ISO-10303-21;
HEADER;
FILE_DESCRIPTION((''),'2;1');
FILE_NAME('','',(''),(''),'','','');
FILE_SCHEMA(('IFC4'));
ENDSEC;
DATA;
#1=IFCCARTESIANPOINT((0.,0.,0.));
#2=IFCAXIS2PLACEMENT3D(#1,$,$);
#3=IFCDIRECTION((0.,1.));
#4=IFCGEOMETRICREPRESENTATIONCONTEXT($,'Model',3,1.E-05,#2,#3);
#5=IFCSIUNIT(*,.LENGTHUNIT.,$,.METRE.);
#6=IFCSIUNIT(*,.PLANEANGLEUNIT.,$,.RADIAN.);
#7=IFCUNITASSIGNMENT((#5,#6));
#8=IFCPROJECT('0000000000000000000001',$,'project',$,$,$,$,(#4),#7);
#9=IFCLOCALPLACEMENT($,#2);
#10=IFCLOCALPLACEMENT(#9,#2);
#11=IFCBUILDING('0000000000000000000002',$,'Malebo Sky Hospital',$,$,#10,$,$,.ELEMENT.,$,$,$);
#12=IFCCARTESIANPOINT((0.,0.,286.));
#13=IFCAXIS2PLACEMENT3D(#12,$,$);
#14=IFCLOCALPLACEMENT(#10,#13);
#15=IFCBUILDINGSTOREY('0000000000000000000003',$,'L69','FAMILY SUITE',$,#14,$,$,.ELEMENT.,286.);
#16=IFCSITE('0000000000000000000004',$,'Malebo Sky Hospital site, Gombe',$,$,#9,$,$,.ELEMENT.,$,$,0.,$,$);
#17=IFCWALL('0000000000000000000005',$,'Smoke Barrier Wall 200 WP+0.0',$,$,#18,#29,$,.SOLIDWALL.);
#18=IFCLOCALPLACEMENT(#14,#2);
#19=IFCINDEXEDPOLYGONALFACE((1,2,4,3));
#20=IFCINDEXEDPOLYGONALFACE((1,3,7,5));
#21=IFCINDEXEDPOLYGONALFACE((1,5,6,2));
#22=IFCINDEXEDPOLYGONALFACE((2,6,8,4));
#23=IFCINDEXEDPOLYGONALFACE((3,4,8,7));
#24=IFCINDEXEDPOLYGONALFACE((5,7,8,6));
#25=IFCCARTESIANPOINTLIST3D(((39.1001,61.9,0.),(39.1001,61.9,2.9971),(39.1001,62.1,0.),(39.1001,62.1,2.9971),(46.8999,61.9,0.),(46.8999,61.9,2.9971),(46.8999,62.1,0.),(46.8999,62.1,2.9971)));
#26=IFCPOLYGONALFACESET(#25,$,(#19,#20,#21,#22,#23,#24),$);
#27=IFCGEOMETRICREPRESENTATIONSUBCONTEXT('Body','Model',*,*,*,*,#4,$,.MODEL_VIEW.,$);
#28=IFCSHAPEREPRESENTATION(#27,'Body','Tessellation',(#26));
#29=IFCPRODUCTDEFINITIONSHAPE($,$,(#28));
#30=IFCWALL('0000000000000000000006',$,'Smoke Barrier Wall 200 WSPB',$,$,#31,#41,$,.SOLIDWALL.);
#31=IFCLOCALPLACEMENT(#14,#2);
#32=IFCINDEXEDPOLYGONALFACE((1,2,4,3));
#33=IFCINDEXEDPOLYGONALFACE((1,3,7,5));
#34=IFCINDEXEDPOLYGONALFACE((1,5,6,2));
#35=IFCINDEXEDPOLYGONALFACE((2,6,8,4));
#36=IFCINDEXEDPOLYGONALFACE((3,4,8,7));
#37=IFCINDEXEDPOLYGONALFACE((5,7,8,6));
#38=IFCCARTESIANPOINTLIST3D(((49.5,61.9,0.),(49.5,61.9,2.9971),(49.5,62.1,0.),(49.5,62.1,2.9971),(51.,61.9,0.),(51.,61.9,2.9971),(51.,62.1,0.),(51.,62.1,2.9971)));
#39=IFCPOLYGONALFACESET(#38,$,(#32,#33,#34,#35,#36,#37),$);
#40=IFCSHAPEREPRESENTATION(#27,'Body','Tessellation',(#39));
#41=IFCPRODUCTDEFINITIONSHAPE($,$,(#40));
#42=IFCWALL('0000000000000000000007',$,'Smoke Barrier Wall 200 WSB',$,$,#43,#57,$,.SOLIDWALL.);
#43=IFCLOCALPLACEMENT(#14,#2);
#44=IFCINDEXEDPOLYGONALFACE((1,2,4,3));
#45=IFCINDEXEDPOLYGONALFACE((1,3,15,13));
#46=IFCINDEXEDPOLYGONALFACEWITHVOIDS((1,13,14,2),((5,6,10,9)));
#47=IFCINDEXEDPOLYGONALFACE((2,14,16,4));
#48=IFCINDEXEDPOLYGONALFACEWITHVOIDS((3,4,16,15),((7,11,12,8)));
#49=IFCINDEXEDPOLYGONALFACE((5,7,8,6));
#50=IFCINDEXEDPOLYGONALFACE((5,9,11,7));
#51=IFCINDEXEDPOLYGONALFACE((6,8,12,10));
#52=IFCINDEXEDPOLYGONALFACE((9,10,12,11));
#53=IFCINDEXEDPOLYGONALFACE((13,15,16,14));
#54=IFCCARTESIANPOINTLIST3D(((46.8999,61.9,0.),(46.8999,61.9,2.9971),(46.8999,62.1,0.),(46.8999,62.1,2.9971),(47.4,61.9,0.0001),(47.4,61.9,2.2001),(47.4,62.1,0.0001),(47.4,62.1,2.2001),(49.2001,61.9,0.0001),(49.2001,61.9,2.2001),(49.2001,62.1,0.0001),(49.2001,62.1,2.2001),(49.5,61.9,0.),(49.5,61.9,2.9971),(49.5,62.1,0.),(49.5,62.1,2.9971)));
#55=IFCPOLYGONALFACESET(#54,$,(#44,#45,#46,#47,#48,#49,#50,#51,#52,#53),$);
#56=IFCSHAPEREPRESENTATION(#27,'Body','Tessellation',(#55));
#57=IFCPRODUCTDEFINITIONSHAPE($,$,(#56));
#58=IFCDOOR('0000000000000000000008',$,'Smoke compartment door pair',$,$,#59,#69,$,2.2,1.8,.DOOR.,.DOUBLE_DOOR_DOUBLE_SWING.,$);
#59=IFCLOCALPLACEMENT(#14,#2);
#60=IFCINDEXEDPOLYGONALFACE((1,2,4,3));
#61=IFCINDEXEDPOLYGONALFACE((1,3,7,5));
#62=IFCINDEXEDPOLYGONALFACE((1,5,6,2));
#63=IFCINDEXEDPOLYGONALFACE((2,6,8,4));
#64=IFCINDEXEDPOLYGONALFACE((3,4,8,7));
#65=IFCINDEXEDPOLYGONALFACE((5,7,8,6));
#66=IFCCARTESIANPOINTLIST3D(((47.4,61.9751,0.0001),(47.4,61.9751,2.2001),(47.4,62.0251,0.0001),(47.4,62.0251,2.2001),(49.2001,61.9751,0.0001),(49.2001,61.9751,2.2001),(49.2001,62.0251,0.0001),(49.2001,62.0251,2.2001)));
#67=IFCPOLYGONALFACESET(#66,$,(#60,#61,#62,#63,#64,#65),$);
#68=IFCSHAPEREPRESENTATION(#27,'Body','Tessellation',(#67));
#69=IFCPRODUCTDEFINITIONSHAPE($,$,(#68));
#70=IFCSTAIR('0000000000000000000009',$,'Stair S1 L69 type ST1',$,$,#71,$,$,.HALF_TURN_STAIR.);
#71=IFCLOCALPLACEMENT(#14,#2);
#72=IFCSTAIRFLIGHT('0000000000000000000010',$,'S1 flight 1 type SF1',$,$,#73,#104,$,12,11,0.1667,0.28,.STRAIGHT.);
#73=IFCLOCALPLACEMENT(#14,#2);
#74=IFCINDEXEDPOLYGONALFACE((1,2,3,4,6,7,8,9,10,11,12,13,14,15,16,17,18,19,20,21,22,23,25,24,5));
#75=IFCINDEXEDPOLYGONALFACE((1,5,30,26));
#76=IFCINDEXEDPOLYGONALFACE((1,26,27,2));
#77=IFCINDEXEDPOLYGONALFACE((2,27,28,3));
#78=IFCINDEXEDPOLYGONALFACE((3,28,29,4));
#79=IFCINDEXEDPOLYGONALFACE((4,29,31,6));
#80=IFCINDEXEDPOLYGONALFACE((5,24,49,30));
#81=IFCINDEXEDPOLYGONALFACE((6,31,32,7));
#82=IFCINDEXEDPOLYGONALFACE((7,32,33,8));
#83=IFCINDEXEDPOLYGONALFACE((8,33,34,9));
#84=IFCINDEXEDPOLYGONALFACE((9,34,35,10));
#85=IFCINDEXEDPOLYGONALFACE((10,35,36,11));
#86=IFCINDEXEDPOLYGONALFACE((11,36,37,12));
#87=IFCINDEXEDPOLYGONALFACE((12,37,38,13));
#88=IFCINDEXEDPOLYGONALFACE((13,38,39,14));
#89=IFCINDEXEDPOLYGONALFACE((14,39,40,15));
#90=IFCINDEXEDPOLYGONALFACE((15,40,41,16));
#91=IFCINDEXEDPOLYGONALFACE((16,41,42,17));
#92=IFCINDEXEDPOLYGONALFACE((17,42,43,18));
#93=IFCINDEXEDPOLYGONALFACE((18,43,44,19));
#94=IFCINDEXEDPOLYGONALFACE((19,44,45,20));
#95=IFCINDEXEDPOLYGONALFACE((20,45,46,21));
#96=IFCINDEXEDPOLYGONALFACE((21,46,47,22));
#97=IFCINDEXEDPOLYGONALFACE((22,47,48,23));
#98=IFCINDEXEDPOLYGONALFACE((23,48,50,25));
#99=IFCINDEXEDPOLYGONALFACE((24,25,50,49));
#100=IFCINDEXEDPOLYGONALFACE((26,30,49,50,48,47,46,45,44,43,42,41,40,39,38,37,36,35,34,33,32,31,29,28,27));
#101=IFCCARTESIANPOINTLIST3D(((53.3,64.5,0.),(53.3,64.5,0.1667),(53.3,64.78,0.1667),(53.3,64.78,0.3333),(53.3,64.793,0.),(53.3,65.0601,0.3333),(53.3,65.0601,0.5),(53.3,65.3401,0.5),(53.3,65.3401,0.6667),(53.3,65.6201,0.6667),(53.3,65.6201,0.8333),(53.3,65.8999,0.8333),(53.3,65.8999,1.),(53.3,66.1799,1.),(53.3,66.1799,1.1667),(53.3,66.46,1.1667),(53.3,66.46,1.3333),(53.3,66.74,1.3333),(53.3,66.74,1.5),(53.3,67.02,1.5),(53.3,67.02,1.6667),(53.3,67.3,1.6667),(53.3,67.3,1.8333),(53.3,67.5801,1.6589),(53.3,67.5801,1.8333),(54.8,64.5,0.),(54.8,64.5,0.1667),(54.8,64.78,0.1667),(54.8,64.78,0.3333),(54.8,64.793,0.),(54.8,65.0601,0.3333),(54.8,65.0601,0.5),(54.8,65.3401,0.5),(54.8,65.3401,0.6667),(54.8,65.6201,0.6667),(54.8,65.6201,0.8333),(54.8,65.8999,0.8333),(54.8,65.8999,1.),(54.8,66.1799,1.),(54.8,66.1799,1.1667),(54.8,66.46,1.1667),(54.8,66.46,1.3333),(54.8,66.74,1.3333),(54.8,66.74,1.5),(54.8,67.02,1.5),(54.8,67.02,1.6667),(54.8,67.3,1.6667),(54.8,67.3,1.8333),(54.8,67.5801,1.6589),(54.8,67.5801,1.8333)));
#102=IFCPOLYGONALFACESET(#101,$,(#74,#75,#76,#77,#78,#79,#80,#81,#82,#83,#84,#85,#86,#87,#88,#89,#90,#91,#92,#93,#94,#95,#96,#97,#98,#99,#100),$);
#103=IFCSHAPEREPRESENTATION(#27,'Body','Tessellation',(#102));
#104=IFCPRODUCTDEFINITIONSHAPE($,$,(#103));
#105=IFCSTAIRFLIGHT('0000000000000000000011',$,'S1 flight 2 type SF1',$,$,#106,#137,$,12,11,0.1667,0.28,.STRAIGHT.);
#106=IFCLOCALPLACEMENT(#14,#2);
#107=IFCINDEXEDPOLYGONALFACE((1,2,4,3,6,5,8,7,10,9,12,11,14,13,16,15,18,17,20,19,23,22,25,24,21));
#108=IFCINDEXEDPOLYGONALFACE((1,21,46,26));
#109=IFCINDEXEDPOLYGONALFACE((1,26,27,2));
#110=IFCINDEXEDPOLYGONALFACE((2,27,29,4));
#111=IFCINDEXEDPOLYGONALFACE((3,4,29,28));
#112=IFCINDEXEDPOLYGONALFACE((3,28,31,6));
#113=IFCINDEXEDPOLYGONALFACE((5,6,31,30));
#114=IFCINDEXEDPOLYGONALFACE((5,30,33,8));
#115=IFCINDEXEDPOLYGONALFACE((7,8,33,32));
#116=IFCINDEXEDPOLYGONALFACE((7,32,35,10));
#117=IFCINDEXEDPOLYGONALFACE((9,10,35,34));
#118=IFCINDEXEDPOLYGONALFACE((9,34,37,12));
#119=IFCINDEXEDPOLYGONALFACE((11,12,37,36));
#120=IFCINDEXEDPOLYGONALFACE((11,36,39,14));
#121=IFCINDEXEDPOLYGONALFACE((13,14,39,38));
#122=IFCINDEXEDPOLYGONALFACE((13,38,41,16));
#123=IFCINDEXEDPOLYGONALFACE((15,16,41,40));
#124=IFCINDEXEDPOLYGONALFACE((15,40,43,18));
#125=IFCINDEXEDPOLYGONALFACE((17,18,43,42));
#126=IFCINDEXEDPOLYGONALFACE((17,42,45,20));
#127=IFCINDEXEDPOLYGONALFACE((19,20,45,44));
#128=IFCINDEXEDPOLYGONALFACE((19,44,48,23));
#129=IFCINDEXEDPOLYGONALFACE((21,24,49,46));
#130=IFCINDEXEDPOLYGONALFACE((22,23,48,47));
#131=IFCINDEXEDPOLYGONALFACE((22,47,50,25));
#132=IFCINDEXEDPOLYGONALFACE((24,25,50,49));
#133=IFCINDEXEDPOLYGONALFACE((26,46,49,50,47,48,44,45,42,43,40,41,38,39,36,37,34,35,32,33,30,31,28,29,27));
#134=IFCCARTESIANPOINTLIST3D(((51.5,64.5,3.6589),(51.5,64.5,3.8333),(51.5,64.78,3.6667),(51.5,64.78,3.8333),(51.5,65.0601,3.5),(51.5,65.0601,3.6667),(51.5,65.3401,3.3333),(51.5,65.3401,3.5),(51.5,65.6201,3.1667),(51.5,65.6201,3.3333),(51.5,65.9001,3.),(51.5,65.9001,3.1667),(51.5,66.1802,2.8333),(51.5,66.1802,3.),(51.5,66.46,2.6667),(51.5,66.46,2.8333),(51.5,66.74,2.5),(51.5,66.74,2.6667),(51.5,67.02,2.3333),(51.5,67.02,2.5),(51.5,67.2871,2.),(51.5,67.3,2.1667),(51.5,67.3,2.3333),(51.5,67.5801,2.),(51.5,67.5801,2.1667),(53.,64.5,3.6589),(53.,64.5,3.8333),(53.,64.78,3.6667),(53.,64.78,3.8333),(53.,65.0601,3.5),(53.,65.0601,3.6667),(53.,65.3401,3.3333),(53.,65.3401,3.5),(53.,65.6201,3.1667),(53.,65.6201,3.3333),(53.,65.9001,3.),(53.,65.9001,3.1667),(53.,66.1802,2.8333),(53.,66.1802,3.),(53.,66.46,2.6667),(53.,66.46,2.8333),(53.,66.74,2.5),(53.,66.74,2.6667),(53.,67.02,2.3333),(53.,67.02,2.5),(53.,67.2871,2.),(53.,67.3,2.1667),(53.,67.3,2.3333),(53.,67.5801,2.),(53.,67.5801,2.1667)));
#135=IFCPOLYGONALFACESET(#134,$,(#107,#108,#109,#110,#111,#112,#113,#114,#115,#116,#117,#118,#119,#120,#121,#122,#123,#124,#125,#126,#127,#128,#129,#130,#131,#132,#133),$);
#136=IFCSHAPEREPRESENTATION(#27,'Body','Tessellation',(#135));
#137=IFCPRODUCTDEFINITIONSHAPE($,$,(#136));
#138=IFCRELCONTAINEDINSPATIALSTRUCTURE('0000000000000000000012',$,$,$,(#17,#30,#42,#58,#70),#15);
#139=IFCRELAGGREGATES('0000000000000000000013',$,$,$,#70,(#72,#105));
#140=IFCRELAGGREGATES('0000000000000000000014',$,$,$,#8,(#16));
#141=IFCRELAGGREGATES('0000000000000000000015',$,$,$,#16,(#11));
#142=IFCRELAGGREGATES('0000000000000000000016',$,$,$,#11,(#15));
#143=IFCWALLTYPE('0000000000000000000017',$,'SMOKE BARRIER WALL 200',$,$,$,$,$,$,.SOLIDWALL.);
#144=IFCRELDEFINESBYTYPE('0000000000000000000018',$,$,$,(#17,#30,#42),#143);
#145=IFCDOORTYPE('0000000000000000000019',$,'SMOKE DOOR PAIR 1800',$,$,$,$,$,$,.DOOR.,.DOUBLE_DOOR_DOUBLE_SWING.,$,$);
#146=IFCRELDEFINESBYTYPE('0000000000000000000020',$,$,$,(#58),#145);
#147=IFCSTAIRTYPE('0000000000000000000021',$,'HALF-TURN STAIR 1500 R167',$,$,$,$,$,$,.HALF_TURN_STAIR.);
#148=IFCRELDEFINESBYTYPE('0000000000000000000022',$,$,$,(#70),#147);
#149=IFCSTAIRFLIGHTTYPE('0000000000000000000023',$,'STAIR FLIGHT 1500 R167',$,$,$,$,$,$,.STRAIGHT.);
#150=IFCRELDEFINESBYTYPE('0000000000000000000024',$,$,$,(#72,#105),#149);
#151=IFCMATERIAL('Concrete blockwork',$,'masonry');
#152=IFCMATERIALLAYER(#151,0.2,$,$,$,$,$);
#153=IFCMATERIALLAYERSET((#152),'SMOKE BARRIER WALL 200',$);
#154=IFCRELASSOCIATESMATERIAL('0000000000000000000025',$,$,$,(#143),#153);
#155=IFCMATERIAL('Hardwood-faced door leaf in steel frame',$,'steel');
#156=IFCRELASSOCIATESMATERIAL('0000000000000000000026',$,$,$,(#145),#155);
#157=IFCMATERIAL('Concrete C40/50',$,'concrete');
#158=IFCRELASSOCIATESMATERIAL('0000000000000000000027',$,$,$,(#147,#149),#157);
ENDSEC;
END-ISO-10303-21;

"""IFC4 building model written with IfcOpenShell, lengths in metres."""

from ifc_helpers import new_model, si_unit, direction, frame, frame_2d, origin, place, context, subcontext, project, spatial, polyline, rectangle, outline, extrude, material, layer, layer_set, type_object, element, fill, aggregate, save


model = new_model("IFC4")

# Units and contexts
model_context = context("Model", 3, precision=1e-05, world=origin(), true_north=direction((0.0, 1.0)))
body_context = subcontext(model_context, "Body", "Model", "MODEL_VIEW")
ifc_project = project(units=[si_unit("LENGTHUNIT", "METRE"), si_unit("PLANEANGLEUNIT", "RADIAN")], contexts=[model_context])

# Site, building, storey
site_placement = place(None, origin())
site = spatial("IfcSite", under=ifc_project, at=site_placement, Name="Malebo Sky Hospital site, Gombe", CompositionType="ELEMENT", RefElevation=0.0)
building_placement = place(site_placement, origin())
building = spatial("IfcBuilding", under=site, at=building_placement, Name="Malebo Sky Hospital", CompositionType="ELEMENT")
storey_placement = place(building_placement, frame((0.0, 0.0, 286.0)))
storey = spatial("IfcBuildingStorey", under=building, at=storey_placement, Name="L69", Description="FAMILY SUITE", CompositionType="ELEMENT", Elevation=286.0)

# Shared definitions
ifc_material_1 = material(Name="Hardwood-faced door leaf in steel frame", Category="steel")

# Walls
ifc_material_2 = material(Name="Concrete blockwork", Category="masonry")
ifc_layer_1 = layer(ifc_material_2, 0.2)
ifc_layer_set_1 = layer_set([ifc_layer_1], Name="SMOKE BARRIER WALL 200")
wall_type_1 = type_object("IfcWallType", Name="SMOKE BARRIER WALL 200", PredefinedType="SOLIDWALL", material=ifc_layer_set_1)
wall_1_placement = place(storey_placement, frame((46.8999, 62.0, 0.0), z_axis=(0.0, 0.0, 1.0), x_axis=(-1.0, 0.0, 0.0)))
element("IfcWall", 1, at=wall_1_placement, inside=storey, type_object=wall_type_1, Name="Smoke Barrier Wall 200 WP+0.0", PredefinedType="SOLIDWALL", context=body_context, shape_type="SweptSolid", body=[
    extrude(rectangle(XDim=7.7998, YDim=0.2, at=frame_2d((3.8999, 0.0))), origin(), (0.0, 0.0, 1.0), 2.9971),
])
wall_2_placement = place(storey_placement, frame((51.0, 62.0, 0.0), z_axis=(0.0, 0.0, 1.0), x_axis=(-1.0, 0.0, 0.0)))
element("IfcWall", 2, at=wall_2_placement, inside=storey, type_object=wall_type_1, Name="Smoke Barrier Wall 200 WSPB", PredefinedType="SOLIDWALL", context=body_context, shape_type="SweptSolid", body=[
    extrude(rectangle(XDim=1.5, YDim=0.2, at=frame_2d((0.75, 0.0))), origin(), (0.0, 0.0, 1.0), 2.9971),
])

# Wall, opening, door
wall_3_placement = place(storey_placement, frame((49.5, 62.0, 0.0), z_axis=(0.0, 0.0, 1.0), x_axis=(-1.0, 0.0, 0.0)))
wall_3 = element("IfcWall", 3, at=wall_3_placement, inside=storey, type_object=wall_type_1, Name="Smoke Barrier Wall 200 WSB", PredefinedType="SOLIDWALL", context=body_context, shape_type="SweptSolid", body=[
    extrude(rectangle(XDim=2.6001, YDim=0.2, at=frame_2d((1.3, 0.0))), origin(), (0.0, 0.0, 1.0), 2.9971),
])
opening_1_placement = place(wall_3_placement, frame((0.3, 0.0, 0.0)))
opening_1 = element("IfcOpeningElement", 4, at=opening_1_placement, cuts=wall_3, PredefinedType="OPENING", context=body_context, shape_type="SweptSolid", body=[
    extrude(rectangle(XDim=1.8, YDim=2.2, at=frame_2d((0.8999, 1.1001))), frame((0.0, 0.1099, 0.0), z_axis=(0.0, -1.0, 0.0), x_axis=(1.0, 0.0, 0.0)), (0.0, 0.0, 1.0), 0.22),
])
door_type_1 = type_object("IfcDoorType", Name="SMOKE DOOR PAIR 1800", OperationType="DOUBLE_DOOR_DOUBLE_SWING", PredefinedType="DOOR", material=ifc_material_1)
door_1_placement = place(opening_1_placement, origin())
door_1 = element("IfcDoor", 5, at=door_1_placement, inside=storey, type_object=door_type_1, Name="Smoke compartment door pair", OperationType="DOUBLE_DOOR_DOUBLE_SWING", OverallHeight=2.2, OverallWidth=1.8, PredefinedType="DOOR", context=body_context, shape_type="SweptSolid", body=[
    extrude(rectangle(XDim=1.8, YDim=2.2, at=frame_2d((0.8999, 1.1001))), frame((0.0, 0.0249, 0.0), z_axis=(0.0, -1.0, 0.0), x_axis=(1.0, 0.0, 0.0)), (0.0, 0.0, 1.0), 0.05),
])
fill(opening_1, door_1)

# Stair, stair flights
ifc_material_3 = material(Name="Concrete C40/50", Category="concrete")
stair_type = type_object("IfcStairType", Name="HALF-TURN STAIR 1500 R167", PredefinedType="HALF_TURN_STAIR", material=ifc_material_3)
stair_placement = place(storey_placement, origin())
stair = element("IfcStair", 6, at=stair_placement, inside=storey, type_object=stair_type, Name="Stair S1 L69 type ST1", PredefinedType="HALF_TURN_STAIR")
stair_flight_type = type_object("IfcStairFlightType", Name="STAIR FLIGHT 1500 R167", PredefinedType="STRAIGHT", material=ifc_material_3)
stair_flight_1_placement = place(storey_placement, frame((54.05, 64.5, 0.0), z_axis=(0.0, 0.0, 1.0), x_axis=(0.0, 1.0, 0.0)))
stair_flight_1 = element("IfcStairFlight", 7, at=stair_flight_1_placement, type_object=stair_flight_type, Name="S1 flight 1 type SF1", NumberOfRisers=12, NumberOfTreads=11, PredefinedType="STRAIGHT", RiserHeight=0.1667, TreadLength=0.28, context=body_context, shape_type="SweptSolid", body=[
    extrude(outline(polyline([(0.0, 0.0), (0.0, 0.1667), (0.28, 0.1667), (0.28, 0.3333), (0.5601, 0.3333), (0.5601, 0.5), (0.8401, 0.5), (0.8401, 0.6667), (1.1201, 0.6667), (1.1201, 0.8333), (1.3999, 0.8333), (1.3999, 1.0), (1.6799, 1.0), (1.6799, 1.1667), (1.96, 1.1667), (1.96, 1.3333), (2.24, 1.3333), (2.24, 1.5), (2.52, 1.5), (2.52, 1.6667), (2.8, 1.6667), (2.8, 1.8333), (3.0801, 1.8333), (3.0801, 2.0), (3.0801, 1.6589), (0.293, 0.0), (0.0, 0.0)])), frame((0.0, 0.75, 0.0), z_axis=(0.0, -1.0, 0.0), x_axis=(1.0, 0.0, 0.0)), (0.0, 0.0, 1.0), 1.5),
])
stair_flight_2_placement = place(storey_placement, frame((52.25, 67.5801, 2.0), z_axis=(0.0, 0.0, 1.0), x_axis=(0.0, -1.0, 0.0)))
stair_flight_2 = element("IfcStairFlight", 8, at=stair_flight_2_placement, type_object=stair_flight_type, Name="S1 flight 2 type SF1", NumberOfRisers=12, NumberOfTreads=11, PredefinedType="STRAIGHT", RiserHeight=0.1667, TreadLength=0.28, context=body_context, shape_type="SweptSolid", body=[
    extrude(outline(polyline([(0.0, 0.0), (0.0, 0.1667), (0.28, 0.1667), (0.28, 0.3333), (0.5601, 0.3333), (0.5601, 0.5), (0.8401, 0.5), (0.8401, 0.6667), (1.1201, 0.6667), (1.1201, 0.8333), (1.3999, 0.8333), (1.3999, 1.0), (1.6799, 1.0), (1.6799, 1.1667), (1.96, 1.1667), (1.96, 1.3333), (2.24, 1.3333), (2.24, 1.5), (2.52, 1.5), (2.52, 1.6667), (2.8, 1.6667), (2.8, 1.8333), (3.0801, 1.8333), (3.0801, 2.0), (3.0801, 1.6589), (0.293, 0.0), (0.0, 0.0)])), frame((0.0, 0.75, 0.0), z_axis=(0.0, -1.0, 0.0), x_axis=(1.0, 0.0, 0.0)), (0.0, 0.0, 1.0), 1.5),
])
aggregate(stair, [stair_flight_1, stair_flight_2])

save(model, "model.ifc")
